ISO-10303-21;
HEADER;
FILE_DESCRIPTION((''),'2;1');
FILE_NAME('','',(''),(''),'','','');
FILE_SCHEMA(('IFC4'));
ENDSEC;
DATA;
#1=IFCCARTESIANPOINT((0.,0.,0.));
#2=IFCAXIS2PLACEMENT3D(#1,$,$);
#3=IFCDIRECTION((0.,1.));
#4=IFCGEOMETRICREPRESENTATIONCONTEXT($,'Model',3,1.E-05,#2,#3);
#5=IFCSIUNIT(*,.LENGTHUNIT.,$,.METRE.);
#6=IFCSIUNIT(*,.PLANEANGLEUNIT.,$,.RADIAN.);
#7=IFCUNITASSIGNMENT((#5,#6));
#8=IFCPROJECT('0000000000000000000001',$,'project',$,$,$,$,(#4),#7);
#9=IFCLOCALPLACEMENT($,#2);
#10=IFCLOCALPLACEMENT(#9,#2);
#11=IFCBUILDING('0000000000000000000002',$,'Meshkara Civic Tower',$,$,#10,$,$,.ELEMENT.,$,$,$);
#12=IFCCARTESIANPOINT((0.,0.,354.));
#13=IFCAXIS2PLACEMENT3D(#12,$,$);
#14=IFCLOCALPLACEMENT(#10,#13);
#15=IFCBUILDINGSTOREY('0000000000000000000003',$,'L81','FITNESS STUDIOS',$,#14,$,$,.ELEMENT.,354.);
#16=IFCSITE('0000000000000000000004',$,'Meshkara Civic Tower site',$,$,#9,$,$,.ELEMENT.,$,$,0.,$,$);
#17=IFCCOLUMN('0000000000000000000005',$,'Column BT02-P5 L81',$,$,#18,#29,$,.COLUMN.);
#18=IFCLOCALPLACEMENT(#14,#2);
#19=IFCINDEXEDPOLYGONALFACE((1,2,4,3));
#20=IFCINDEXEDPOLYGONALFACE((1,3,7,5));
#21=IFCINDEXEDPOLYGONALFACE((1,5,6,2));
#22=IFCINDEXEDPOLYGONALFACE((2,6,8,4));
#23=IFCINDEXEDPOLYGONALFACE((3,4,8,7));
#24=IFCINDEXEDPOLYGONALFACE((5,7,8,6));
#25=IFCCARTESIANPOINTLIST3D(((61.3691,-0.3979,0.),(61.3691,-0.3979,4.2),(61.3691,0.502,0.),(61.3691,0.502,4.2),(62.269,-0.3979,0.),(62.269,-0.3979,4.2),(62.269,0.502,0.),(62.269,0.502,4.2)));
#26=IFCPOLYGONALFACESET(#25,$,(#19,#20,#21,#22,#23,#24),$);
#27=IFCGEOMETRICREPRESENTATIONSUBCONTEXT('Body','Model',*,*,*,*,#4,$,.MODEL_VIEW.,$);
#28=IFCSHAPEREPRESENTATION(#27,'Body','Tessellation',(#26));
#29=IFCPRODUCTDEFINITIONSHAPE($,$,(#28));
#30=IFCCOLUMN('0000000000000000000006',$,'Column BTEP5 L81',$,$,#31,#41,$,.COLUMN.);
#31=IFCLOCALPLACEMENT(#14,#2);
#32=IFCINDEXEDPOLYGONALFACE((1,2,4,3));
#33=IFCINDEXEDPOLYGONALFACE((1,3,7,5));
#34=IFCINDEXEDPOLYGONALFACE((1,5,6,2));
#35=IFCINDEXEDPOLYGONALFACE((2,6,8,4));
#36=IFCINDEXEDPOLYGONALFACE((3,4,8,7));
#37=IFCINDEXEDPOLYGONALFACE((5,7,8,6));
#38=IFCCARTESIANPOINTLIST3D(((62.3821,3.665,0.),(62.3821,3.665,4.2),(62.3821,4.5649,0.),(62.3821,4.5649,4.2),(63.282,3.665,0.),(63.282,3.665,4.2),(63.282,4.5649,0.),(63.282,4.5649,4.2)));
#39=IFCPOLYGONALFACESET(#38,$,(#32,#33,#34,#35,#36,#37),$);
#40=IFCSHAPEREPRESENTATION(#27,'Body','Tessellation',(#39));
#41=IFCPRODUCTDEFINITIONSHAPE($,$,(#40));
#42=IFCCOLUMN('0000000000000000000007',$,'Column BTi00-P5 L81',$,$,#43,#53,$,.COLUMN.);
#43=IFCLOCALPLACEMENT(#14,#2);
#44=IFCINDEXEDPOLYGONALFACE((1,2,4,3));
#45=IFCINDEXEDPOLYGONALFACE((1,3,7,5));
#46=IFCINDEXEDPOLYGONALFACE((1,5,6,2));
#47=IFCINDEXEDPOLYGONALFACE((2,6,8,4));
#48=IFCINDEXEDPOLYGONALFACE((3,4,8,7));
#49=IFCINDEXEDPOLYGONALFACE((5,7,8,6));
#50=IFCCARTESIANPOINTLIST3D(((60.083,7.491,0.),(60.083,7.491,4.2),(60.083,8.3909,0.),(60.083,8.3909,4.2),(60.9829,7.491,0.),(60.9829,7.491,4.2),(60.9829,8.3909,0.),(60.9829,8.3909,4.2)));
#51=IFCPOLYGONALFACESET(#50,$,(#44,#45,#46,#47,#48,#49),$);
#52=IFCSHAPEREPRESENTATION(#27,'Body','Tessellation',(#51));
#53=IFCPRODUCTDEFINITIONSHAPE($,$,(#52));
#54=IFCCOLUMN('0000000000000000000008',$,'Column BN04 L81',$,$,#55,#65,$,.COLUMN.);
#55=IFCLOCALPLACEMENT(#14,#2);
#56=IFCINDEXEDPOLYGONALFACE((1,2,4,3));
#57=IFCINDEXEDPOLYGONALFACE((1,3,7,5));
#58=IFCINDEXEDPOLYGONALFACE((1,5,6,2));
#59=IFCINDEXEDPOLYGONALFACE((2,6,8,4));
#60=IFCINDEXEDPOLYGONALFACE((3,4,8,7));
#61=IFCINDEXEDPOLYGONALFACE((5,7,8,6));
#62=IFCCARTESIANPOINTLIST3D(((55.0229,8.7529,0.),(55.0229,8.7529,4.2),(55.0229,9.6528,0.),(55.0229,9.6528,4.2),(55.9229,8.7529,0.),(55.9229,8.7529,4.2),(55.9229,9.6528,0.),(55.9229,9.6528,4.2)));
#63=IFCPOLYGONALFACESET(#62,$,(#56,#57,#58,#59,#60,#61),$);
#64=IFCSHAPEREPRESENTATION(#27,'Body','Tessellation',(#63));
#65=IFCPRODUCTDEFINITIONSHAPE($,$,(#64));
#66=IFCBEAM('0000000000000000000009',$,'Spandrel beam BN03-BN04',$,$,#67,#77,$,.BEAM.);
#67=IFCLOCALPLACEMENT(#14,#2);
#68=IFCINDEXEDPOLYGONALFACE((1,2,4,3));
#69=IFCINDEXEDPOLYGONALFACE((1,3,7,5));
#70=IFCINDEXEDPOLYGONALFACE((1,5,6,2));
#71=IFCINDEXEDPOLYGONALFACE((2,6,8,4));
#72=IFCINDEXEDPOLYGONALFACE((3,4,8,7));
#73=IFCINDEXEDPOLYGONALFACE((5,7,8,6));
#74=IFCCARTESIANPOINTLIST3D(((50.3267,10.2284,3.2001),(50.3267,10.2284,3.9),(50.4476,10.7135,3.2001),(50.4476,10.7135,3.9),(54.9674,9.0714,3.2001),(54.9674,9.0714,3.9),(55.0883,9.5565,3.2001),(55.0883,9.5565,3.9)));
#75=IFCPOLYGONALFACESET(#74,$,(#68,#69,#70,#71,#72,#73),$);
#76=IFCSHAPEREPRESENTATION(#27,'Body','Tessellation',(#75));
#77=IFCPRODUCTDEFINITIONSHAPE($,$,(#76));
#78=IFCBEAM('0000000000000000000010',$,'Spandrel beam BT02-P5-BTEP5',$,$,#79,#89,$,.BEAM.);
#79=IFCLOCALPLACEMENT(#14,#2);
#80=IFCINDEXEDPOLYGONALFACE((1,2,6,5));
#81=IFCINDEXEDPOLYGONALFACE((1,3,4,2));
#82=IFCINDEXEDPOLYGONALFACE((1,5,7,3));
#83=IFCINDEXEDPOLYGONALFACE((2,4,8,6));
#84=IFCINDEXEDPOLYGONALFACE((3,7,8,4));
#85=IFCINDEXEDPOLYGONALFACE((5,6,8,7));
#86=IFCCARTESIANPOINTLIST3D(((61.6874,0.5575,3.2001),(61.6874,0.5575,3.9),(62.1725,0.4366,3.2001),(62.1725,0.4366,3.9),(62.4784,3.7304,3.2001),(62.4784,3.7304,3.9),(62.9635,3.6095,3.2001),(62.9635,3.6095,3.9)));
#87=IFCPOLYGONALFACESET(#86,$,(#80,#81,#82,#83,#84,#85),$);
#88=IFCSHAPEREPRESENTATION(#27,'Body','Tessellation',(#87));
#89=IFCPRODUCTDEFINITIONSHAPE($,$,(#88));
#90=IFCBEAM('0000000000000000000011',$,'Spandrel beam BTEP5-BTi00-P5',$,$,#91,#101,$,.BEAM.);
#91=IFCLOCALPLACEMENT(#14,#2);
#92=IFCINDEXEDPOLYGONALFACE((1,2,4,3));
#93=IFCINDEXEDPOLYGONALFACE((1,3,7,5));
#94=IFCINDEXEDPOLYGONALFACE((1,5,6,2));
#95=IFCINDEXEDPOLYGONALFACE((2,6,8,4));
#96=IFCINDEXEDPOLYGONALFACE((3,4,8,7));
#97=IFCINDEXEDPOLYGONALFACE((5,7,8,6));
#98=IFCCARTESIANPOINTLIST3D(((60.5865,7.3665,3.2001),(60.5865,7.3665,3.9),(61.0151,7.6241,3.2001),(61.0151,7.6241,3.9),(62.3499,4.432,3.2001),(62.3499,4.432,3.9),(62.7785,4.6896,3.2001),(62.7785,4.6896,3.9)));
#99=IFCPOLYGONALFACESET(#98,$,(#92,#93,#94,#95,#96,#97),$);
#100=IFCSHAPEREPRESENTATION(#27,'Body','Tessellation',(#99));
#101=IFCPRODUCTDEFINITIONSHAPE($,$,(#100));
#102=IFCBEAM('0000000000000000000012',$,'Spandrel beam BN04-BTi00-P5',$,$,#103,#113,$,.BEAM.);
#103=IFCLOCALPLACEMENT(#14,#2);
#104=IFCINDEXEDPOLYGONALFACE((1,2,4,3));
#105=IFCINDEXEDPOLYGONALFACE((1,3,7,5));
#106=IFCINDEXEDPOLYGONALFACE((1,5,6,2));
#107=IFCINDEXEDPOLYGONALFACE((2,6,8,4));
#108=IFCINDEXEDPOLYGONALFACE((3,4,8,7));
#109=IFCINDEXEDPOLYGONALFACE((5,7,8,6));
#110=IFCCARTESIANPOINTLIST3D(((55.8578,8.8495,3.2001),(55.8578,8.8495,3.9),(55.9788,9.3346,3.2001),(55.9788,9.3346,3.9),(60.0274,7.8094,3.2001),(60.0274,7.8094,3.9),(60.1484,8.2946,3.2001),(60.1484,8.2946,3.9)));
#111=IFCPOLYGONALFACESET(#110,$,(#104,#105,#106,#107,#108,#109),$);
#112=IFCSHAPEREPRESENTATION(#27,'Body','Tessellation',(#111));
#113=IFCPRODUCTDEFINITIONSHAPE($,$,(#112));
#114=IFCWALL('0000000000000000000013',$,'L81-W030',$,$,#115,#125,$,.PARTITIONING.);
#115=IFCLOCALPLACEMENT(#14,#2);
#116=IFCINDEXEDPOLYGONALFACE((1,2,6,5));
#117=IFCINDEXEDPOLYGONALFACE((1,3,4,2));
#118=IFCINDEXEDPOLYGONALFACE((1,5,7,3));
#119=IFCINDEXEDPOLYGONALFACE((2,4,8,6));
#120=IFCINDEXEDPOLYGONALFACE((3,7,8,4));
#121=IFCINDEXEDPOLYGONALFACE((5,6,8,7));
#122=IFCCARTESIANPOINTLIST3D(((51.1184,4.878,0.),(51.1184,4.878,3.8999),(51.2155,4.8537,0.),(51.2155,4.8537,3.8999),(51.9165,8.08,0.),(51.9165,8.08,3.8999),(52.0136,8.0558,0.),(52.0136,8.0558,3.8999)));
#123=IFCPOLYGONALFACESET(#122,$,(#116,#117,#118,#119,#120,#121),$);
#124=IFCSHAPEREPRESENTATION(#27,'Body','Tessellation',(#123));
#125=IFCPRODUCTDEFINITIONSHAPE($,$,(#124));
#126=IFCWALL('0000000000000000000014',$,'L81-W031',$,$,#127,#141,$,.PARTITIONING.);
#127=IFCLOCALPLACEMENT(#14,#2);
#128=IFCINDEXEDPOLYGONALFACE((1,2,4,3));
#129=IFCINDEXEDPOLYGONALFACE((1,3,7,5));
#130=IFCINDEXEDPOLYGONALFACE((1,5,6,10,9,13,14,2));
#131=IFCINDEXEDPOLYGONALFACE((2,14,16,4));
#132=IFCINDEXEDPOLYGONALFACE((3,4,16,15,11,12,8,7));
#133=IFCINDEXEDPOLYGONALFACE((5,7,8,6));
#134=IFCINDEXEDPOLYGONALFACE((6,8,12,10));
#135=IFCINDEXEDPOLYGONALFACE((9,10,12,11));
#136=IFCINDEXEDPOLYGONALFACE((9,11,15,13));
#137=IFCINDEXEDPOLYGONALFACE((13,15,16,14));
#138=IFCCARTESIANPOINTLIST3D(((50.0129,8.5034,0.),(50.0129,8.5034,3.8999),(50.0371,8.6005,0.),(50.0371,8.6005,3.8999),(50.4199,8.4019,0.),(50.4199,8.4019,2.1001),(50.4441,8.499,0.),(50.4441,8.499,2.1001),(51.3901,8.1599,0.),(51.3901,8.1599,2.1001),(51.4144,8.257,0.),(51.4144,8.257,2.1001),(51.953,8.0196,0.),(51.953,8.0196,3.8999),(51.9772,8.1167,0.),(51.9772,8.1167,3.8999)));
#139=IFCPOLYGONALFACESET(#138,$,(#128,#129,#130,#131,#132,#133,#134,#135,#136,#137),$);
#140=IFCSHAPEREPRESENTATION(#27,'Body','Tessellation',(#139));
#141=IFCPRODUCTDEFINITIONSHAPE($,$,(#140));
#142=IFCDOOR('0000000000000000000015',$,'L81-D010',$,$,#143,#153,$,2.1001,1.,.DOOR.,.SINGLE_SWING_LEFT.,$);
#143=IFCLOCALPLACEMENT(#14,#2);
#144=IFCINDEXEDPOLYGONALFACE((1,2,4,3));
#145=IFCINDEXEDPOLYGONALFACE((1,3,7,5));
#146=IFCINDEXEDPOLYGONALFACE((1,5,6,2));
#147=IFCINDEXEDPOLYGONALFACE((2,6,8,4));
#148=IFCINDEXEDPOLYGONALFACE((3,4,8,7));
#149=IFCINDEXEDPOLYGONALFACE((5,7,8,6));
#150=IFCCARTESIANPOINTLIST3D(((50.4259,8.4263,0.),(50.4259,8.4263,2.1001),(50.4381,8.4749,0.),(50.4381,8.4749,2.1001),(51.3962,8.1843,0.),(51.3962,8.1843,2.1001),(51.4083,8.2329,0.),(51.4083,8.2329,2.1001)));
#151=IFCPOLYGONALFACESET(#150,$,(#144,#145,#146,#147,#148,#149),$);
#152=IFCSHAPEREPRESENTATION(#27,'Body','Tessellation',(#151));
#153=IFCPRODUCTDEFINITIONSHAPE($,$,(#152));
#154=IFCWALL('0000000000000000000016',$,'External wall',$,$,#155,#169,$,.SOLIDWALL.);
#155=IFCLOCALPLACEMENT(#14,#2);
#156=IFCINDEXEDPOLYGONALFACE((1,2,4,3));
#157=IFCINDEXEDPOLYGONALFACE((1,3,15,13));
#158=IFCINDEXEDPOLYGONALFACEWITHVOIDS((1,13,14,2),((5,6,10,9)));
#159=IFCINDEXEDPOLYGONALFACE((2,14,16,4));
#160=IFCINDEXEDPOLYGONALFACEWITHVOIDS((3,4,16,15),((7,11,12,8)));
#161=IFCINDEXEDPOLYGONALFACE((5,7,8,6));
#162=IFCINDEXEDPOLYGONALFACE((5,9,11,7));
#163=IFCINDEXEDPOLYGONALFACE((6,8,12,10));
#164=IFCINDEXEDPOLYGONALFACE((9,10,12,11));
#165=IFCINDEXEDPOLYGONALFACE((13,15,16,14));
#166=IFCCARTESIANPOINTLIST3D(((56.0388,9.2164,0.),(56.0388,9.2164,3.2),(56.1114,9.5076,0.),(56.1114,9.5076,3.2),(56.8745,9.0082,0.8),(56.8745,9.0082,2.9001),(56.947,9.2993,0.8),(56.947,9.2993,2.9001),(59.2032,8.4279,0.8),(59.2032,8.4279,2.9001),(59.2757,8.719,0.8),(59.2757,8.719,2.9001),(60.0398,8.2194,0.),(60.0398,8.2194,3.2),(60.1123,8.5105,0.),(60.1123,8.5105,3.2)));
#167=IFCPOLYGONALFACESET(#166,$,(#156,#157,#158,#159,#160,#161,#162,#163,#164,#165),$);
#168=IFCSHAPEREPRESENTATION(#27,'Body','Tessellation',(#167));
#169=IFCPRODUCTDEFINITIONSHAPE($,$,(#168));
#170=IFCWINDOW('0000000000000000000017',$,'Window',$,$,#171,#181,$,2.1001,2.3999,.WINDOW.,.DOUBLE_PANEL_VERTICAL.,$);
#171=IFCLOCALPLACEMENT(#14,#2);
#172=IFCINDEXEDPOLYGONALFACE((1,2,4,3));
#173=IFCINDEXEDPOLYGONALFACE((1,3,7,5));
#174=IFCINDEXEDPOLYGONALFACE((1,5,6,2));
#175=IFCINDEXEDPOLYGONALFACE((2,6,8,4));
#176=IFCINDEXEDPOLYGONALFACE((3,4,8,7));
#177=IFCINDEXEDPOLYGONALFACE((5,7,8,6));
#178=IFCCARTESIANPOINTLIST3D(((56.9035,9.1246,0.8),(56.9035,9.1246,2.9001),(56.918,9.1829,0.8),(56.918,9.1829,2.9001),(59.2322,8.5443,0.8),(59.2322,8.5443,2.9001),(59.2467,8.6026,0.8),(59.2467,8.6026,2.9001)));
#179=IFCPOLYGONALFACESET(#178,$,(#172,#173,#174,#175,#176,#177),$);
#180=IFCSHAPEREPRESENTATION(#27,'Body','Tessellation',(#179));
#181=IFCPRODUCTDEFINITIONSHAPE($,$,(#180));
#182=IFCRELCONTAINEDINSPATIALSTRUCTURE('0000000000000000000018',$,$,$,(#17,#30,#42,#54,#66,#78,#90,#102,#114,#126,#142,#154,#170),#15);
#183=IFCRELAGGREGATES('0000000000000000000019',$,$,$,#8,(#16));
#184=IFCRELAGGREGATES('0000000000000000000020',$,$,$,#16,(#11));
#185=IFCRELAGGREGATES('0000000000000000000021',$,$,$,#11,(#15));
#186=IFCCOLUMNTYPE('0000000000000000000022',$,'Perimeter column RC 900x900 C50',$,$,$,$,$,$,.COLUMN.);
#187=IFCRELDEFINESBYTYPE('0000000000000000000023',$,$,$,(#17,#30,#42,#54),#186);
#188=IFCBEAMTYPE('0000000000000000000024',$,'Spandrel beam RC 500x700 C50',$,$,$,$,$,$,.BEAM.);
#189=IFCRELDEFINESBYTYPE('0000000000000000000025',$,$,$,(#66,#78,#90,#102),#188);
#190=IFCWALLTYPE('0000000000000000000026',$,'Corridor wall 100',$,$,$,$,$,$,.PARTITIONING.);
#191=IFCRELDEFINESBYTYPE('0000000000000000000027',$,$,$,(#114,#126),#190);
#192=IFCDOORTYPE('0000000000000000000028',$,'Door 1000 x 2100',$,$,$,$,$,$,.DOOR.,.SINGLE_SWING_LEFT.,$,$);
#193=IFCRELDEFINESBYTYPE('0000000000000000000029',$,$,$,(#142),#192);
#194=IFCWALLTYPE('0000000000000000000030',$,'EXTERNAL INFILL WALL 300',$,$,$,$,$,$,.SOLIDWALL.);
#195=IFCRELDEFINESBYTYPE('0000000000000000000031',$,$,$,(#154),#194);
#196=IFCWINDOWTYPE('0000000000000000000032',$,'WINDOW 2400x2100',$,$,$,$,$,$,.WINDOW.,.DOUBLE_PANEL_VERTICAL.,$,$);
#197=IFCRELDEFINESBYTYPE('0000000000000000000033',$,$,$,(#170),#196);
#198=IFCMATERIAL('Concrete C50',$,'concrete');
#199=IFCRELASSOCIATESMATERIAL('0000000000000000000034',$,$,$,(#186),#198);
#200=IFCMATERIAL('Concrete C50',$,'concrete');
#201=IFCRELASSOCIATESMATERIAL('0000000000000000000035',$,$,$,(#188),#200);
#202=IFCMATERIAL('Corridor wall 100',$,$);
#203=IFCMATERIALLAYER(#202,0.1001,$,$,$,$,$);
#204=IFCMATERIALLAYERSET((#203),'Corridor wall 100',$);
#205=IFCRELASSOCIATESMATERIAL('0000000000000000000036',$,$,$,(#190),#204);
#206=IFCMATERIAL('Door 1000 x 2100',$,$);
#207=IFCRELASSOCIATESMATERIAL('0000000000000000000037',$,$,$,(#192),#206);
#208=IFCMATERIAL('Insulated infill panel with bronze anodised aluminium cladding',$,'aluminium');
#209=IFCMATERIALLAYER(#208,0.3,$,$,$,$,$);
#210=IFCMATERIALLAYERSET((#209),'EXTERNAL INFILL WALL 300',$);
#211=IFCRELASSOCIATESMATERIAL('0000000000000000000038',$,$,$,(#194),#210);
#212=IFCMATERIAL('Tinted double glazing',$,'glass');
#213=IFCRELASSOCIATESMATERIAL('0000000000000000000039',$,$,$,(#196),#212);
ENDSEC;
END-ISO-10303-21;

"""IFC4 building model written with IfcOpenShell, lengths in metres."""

from ifc_helpers import new_model, si_unit, direction, frame, frame_2d, origin, origin_2d, place, context, subcontext, project, spatial, rectangle, extrude, material, layer, layer_set, material_profile, profile_set, type_object, element, fill, save


model = new_model("IFC4")

# Units and contexts
model_context = context("Model", 3, precision=1e-05, world=origin(), true_north=direction((0.0, 1.0)))
body_context = subcontext(model_context, "Body", "Model", "MODEL_VIEW")
ifc_project = project(units=[si_unit("LENGTHUNIT", "METRE"), si_unit("PLANEANGLEUNIT", "RADIAN")], contexts=[model_context])

# Site, building, storey
site_placement = place(None, origin())
site = spatial("IfcSite", under=ifc_project, at=site_placement, Name="Meshkara Civic Tower site", CompositionType="ELEMENT", RefElevation=0.0)
building_placement = place(site_placement, origin())
building = spatial("IfcBuilding", under=site, at=building_placement, Name="Meshkara Civic Tower", CompositionType="ELEMENT")
storey_placement = place(building_placement, frame((0.0, 0.0, 354.0)))
storey = spatial("IfcBuildingStorey", under=building, at=storey_placement, Name="L81", Description="FITNESS STUDIOS", CompositionType="ELEMENT", Elevation=354.0)

# Columns
ifc_material_1 = material(Name="Concrete C50", Category="concrete")
ifc_material_profile_1 = material_profile(ifc_material_1, rectangle(XDim=0.8999, YDim=0.8999, at=origin_2d()))
ifc_profile_set_1 = profile_set([ifc_material_profile_1], Name="Concrete C50")
column_type = type_object("IfcColumnType", Name="Perimeter column RC 900x900 C50", PredefinedType="COLUMN", material=ifc_profile_set_1)
for number, where, z_axis, x_axis, name in (
    (1, (61.8191, 0.052, 0.0), (0.0, 0.0, 1.0), (1.0, 0.0, 0.0), "Column BT02-P5 L81"),
    (2, (62.832, 4.115, 0.0), (0.0, 0.0, 1.0), (1.0, 0.0, 0.0), "Column BTEP5 L81"),
    (3, (60.533, 7.9409, 0.0), (0.0, 0.0, 1.0), (1.0, 0.0, 0.0), "Column BTi00-P5 L81"),
    (4, (55.4729, 9.2029, 0.0), (0.0, 0.0, 1.0), (1.0, 0.0, 0.0), "Column BN04 L81"),
):
    element("IfcColumn", number, at=place(storey_placement, frame(where, z_axis=z_axis, x_axis=x_axis)), inside=storey, type_object=column_type, Name=name, PredefinedType="COLUMN", context=body_context, shape_type="SweptSolid", body=[
        extrude(rectangle(XDim=0.8999, YDim=0.8999, at=origin_2d()), origin(), (0.0, 0.0, 1.0), 4.2),
    ])

# Beams
ifc_material_2 = material(Name="Concrete C50", Category="concrete")
ifc_material_profile_2 = material_profile(ifc_material_2, rectangle(XDim=0.5, YDim=0.7, at=origin_2d()))
ifc_profile_set_2 = profile_set([ifc_material_profile_2], Name="Concrete C50")
beam_type = type_object("IfcBeamType", Name="Spandrel beam RC 500x700 C50", PredefinedType="BEAM", material=ifc_profile_set_2)
beam_1_placement = place(storey_placement, frame((55.0278, 9.314, 3.55), z_axis=(-0.970298, 0.241911, 0.0), x_axis=(-0.241911, -0.970298, 0.0)))
element("IfcBeam", 5, at=beam_1_placement, inside=storey, type_object=beam_type, Name="Spandrel beam BN03-BN04", PredefinedType="BEAM", context=body_context, shape_type="SweptSolid", body=[
    extrude(rectangle(XDim=0.5, YDim=0.7, at=origin_2d()), origin(), (0.0, 0.0, 1.0), 4.7827),
])
beam_2_placement = place(storey_placement, frame((61.9299, 0.4971, 3.55), z_axis=(0.241903, 0.9703, 0.0), x_axis=(-0.9703, 0.241903, 0.0)))
element("IfcBeam", 6, at=beam_2_placement, inside=storey, type_object=beam_type, Name="Spandrel beam BT02-P5-BTEP5", PredefinedType="BEAM", context=body_context, shape_type="SweptSolid", body=[
    extrude(rectangle(XDim=0.5, YDim=0.7, at=origin_2d()), origin(), (0.0, 0.0, 1.0), 3.27),
])
beam_3_placement = place(storey_placement, frame((62.5642, 4.5608, 3.55), z_axis=(-0.515072, 0.857147, 0.0), x_axis=(-0.857147, -0.515072, 0.0)))
element("IfcBeam", 7, at=beam_3_placement, inside=storey, type_object=beam_type, Name="Spandrel beam BTEP5-BTi00-P5", PredefinedType="BEAM", context=body_context, shape_type="SweptSolid", body=[
    extrude(rectangle(XDim=0.5, YDim=0.7, at=origin_2d()), origin(), (0.0, 0.0, 1.0), 3.4236),
])
beam_4_placement = place(storey_placement, frame((60.0879, 8.052, 3.55), z_axis=(-0.970273, 0.242014, 0.0), x_axis=(-0.242014, -0.970273, 0.0)))
element("IfcBeam", 8, at=beam_4_placement, inside=storey, type_object=beam_type, Name="Spandrel beam BN04-BTi00-P5", PredefinedType="BEAM", context=body_context, shape_type="SweptSolid", body=[
    extrude(rectangle(XDim=0.5, YDim=0.7, at=origin_2d()), origin(), (0.0, 0.0, 1.0), 4.2974),
])

# Wall
ifc_material_3 = material(Name="Corridor wall 100")
ifc_layer_1 = layer(ifc_material_3, 0.1001)
ifc_layer_set_1 = layer_set([ifc_layer_1], Name="Corridor wall 100")
wall_type_1 = type_object("IfcWallType", Name="Corridor wall 100", PredefinedType="PARTITIONING", material=ifc_layer_set_1)
wall_1_placement = place(storey_placement, frame((51.167, 4.866, 0.0), z_axis=(0.0, 0.0, 1.0), x_axis=(0.241839, 0.970316, 0.0)))
element("IfcWall", 9, at=wall_1_placement, inside=storey, type_object=wall_type_1, Name="L81-W030", PredefinedType="PARTITIONING", context=body_context, shape_type="SweptSolid", body=[
    extrude(rectangle(XDim=3.3, YDim=0.1001, at=frame_2d((1.6499, 0.0))), origin(), (0.0, 0.0, 1.0), 3.8999),
])

# Wall, opening, door
wall_2_placement = place(storey_placement, frame((51.9651, 8.0681, 0.0), z_axis=(0.0, 0.0, 1.0), x_axis=(-0.970279, 0.24199, 0.0)))
wall_2 = element("IfcWall", 10, at=wall_2_placement, inside=storey, type_object=wall_type_1, Name="L81-W031", PredefinedType="PARTITIONING", context=body_context, shape_type="SweptSolid", body=[
    extrude(rectangle(XDim=1.9995, YDim=0.1001, at=frame_2d((0.9998, 0.0))), origin(), (0.0, 0.0, 1.0), 3.8999),
])
opening_1_placement = place(wall_2_placement, frame((0.5801, 0.0, 0.0)))
opening_1 = element("IfcOpeningElement", 11, at=opening_1_placement, cuts=wall_2, PredefinedType="OPENING", context=body_context, shape_type="SweptSolid", body=[
    extrude(rectangle(XDim=1.0, YDim=2.1001, at=frame_2d((0.5, 1.05))), frame((0.0, 0.0601, 0.0), z_axis=(0.0, -1.0, 0.0), x_axis=(1.0, 0.0, 0.0)), (0.0, 0.0, 1.0), 0.1201),
])
ifc_material_4 = material(Name="Door 1000 x 2100")
door_type = type_object("IfcDoorType", Name="Door 1000 x 2100", OperationType="SINGLE_SWING_LEFT", PredefinedType="DOOR", material=ifc_material_4)
door_placement = place(opening_1_placement, origin())
door = element("IfcDoor", 12, at=door_placement, inside=storey, type_object=door_type, Name="L81-D010", OperationType="SINGLE_SWING_LEFT", OverallHeight=2.1001, OverallWidth=1.0, PredefinedType="DOOR", context=body_context, shape_type="SweptSolid", body=[
    extrude(rectangle(XDim=1.0, YDim=2.1001, at=frame_2d((0.5, 1.05))), frame((0.0, 0.0249, 0.0), z_axis=(0.0, -1.0, 0.0), x_axis=(1.0, 0.0, 0.0)), (0.0, 0.0, 1.0), 0.05),
])
fill(opening_1, door)

# Wall, opening, window
ifc_material_5 = material(Name="Insulated infill panel with bronze anodised aluminium cladding", Category="aluminium")
ifc_layer_2 = layer(ifc_material_5, 0.3)
ifc_layer_set_2 = layer_set([ifc_layer_2], Name="EXTERNAL INFILL WALL 300")
wall_type_2 = type_object("IfcWallType", Name="EXTERNAL INFILL WALL 300", PredefinedType="SOLIDWALL", material=ifc_layer_set_2)
wall_3_placement = place(storey_placement, frame((60.0759, 8.365, 0.0), z_axis=(0.0, 0.0, 1.0), x_axis=(-0.970323, 0.241811, 0.0)))
wall_3 = element("IfcWall", 13, at=wall_3_placement, inside=storey, type_object=wall_type_2, Name="External wall", PredefinedType="SOLIDWALL", context=body_context, shape_type="SweptSolid", body=[
    extrude(rectangle(XDim=4.1233, YDim=0.3, at=frame_2d((2.0615, 0.0))), origin(), (0.0, 0.0, 1.0), 3.2),
])
opening_2_placement = place(wall_3_placement, frame((0.8621, 0.0, 0.8)))
opening_2 = element("IfcOpeningElement", 14, at=opening_2_placement, cuts=wall_3, PredefinedType="OPENING", context=body_context, shape_type="SweptSolid", body=[
    extrude(rectangle(XDim=2.3999, YDim=2.1001, at=frame_2d((1.2, 1.05))), frame((0.0, 0.1599, 0.0), z_axis=(0.0, -1.0, 0.0), x_axis=(1.0, 0.0, 0.0)), (0.0, 0.0, 1.0), 0.3201),
])
ifc_material_6 = material(Name="Tinted double glazing", Category="glass")
window_type = type_object("IfcWindowType", Name="WINDOW 2400x2100", PartitioningType="DOUBLE_PANEL_VERTICAL", PredefinedType="WINDOW", material=ifc_material_6)
window_1_placement = place(opening_2_placement, origin())
window_1 = element("IfcWindow", 15, at=window_1_placement, inside=storey, type_object=window_type, Name="Window", OverallHeight=2.1001, OverallWidth=2.3999, PartitioningType="DOUBLE_PANEL_VERTICAL", PredefinedType="WINDOW", context=body_context, shape_type="SweptSolid", body=[
    extrude(rectangle(XDim=2.3999, YDim=2.1001, at=frame_2d((1.2, 1.05))), frame((0.0, 0.03, 0.0), z_axis=(0.0, -1.0, 0.0), x_axis=(1.0, 0.0, 0.0)), (0.0, 0.0, 1.0), 0.0601),
])
fill(opening_2, window_1)

save(model, "model.ifc")
